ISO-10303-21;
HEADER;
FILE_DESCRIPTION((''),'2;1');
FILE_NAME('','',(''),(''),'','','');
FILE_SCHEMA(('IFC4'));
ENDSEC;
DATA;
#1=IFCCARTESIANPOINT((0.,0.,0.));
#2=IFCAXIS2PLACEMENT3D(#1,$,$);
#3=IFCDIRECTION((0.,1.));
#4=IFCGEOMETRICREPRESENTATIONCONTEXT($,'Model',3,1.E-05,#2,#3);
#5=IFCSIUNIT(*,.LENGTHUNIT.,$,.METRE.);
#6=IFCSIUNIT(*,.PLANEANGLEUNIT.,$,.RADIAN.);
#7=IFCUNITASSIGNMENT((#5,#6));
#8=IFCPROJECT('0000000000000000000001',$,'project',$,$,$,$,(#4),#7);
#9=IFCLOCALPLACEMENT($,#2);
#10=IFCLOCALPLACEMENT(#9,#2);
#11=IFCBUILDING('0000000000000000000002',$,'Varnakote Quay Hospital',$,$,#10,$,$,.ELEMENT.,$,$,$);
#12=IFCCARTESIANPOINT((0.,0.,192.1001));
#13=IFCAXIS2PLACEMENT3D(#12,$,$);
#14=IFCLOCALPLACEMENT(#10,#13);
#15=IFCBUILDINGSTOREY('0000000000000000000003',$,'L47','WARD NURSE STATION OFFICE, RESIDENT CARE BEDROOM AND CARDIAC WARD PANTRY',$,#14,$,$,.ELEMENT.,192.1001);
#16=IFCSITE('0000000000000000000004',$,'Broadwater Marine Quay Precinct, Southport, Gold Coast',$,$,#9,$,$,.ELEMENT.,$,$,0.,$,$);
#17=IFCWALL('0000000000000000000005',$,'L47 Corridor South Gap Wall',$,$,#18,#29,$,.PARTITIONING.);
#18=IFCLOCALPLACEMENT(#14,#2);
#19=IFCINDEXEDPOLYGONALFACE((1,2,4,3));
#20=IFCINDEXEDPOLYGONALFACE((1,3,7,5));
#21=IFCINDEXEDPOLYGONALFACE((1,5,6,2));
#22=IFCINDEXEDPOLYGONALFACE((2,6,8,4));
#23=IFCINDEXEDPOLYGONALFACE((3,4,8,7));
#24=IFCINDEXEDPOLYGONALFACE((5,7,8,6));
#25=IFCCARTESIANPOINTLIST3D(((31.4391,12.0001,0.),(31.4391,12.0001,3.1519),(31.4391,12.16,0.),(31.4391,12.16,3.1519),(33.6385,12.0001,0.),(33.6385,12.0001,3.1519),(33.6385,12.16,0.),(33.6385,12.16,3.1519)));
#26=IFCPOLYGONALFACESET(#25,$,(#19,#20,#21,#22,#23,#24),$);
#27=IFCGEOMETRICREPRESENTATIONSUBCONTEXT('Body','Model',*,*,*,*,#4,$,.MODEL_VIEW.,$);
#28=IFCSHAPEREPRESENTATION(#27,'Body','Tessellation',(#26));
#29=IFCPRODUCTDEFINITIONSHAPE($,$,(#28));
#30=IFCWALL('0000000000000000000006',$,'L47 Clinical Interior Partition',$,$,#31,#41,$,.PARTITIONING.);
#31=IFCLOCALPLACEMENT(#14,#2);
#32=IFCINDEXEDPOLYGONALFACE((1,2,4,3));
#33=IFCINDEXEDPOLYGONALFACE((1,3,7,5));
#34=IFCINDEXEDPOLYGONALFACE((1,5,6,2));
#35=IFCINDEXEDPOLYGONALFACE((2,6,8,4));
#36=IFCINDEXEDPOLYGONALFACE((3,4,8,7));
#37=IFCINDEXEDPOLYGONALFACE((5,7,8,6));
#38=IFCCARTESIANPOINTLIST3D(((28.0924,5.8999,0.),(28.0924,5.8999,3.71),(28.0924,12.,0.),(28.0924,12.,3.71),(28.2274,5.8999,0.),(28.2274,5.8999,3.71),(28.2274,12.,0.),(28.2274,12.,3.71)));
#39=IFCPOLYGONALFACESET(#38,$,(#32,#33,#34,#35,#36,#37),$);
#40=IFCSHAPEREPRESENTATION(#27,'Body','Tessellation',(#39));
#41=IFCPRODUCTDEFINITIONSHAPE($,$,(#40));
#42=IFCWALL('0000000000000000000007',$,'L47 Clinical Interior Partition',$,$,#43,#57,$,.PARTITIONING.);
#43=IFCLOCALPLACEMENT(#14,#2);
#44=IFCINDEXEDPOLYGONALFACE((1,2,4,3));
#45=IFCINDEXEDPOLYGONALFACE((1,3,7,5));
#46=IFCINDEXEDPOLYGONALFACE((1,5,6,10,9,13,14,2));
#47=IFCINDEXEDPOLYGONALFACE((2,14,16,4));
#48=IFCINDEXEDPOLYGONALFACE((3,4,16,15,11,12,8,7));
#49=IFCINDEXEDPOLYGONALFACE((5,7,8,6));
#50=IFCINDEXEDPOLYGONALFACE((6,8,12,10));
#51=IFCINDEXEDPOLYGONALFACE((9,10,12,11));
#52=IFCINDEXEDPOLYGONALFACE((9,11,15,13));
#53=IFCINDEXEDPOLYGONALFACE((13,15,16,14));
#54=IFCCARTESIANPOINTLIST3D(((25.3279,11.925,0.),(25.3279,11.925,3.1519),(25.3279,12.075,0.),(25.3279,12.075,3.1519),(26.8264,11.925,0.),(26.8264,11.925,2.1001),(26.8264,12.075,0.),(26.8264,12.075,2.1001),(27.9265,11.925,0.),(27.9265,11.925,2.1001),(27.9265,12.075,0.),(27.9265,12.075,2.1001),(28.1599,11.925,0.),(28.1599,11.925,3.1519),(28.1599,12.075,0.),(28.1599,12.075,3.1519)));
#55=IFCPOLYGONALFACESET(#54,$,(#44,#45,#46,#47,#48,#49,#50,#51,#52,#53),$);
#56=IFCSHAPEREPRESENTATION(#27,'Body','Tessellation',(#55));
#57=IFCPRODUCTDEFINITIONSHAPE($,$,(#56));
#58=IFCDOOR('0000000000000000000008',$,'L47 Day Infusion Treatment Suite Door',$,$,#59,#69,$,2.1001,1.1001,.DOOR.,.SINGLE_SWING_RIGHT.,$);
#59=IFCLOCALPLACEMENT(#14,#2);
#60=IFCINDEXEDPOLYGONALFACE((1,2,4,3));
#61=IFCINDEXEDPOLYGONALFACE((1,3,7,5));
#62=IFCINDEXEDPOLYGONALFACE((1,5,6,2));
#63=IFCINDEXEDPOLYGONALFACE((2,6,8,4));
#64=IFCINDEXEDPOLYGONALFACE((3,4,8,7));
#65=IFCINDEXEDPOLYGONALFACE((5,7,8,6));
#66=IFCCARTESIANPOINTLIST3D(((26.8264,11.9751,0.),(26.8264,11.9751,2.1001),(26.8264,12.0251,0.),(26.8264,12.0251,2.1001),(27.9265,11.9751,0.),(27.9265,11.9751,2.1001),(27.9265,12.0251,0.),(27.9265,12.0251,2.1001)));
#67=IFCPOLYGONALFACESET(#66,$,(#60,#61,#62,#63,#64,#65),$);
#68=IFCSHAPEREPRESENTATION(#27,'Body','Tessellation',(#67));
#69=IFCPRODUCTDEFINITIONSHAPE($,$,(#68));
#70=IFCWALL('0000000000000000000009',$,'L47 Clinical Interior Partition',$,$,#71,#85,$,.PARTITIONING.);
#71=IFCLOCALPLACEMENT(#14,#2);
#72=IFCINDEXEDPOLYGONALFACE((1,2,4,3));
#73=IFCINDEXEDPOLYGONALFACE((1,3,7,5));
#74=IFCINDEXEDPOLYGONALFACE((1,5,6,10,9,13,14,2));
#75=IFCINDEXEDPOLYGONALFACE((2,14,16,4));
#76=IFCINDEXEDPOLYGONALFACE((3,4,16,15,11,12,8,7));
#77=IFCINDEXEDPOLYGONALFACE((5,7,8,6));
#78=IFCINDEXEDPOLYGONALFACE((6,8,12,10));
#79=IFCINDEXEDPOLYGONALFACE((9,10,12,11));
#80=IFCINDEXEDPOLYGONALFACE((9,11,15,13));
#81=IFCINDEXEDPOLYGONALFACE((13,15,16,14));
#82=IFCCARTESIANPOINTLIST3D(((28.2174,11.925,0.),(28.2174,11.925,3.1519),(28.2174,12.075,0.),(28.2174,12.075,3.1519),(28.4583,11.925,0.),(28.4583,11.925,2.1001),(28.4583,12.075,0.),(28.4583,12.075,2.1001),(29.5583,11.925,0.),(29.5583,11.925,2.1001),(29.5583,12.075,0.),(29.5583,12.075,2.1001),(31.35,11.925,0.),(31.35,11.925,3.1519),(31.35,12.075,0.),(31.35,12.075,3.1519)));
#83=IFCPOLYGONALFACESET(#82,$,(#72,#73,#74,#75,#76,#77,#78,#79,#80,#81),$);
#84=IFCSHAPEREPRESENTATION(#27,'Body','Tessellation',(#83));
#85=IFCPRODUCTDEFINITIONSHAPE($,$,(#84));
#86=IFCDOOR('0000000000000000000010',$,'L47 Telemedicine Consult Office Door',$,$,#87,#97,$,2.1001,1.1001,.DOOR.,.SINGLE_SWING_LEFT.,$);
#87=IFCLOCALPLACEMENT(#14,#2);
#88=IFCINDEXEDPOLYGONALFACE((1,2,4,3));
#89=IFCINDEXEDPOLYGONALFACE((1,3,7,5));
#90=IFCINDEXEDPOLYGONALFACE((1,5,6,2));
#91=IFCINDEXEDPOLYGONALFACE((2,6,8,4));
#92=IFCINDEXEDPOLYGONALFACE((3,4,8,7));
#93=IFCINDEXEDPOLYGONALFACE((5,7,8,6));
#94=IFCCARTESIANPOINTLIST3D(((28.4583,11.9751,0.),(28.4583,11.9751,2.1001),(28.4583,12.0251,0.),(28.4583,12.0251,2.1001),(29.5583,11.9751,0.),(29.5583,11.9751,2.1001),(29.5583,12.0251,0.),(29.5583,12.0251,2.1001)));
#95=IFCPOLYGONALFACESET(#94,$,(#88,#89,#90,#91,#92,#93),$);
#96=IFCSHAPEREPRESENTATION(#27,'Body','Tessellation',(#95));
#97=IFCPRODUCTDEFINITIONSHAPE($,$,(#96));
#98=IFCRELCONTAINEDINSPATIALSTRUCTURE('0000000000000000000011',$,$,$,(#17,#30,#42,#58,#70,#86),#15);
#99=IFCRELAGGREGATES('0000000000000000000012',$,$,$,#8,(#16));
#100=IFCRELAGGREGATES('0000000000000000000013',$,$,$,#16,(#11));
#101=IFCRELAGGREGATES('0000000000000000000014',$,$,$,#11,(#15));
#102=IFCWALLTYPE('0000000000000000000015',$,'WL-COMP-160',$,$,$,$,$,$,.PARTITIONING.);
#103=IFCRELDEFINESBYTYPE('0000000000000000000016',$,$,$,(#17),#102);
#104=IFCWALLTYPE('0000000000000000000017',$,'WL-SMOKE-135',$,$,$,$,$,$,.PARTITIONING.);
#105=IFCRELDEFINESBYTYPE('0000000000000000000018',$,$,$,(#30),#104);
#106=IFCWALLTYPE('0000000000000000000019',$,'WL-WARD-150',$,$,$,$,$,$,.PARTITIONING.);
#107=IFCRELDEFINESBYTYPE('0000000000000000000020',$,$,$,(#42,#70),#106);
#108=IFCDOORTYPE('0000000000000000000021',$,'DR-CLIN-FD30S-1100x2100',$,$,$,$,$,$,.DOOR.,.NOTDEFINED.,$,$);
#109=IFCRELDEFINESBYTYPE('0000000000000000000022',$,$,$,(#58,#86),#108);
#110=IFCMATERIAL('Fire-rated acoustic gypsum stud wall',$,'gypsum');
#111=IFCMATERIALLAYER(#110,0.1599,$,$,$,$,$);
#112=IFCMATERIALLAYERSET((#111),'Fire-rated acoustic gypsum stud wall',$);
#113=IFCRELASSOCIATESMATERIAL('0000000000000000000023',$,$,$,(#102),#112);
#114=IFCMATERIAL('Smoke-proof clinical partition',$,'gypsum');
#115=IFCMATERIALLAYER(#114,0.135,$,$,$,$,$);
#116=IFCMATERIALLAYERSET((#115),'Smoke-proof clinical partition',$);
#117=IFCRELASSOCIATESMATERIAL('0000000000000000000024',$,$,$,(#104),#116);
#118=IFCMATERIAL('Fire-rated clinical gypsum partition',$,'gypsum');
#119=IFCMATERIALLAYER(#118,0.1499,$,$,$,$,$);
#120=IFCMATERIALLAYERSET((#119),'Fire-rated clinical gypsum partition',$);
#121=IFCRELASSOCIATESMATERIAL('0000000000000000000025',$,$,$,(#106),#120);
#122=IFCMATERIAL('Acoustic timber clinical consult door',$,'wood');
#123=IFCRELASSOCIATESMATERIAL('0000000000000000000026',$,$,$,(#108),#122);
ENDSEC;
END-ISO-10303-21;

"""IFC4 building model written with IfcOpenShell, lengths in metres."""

from ifc_helpers import new_model, si_unit, direction, frame, frame_2d, origin, place, context, subcontext, project, spatial, rectangle, extrude, material, layer, layer_set, type_object, element, fill, save


model = new_model("IFC4")

# Units and contexts
model_context = context("Model", 3, precision=1e-05, world=origin(), true_north=direction((0.0, 1.0)))
body_context = subcontext(model_context, "Body", "Model", "MODEL_VIEW")
ifc_project = project(units=[si_unit("LENGTHUNIT", "METRE"), si_unit("PLANEANGLEUNIT", "RADIAN")], contexts=[model_context])

# Site, building, storey
site_placement = place(None, origin())
site = spatial("IfcSite", under=ifc_project, at=site_placement, Name="Broadwater Marine Quay Precinct, Southport, Gold Coast", CompositionType="ELEMENT", RefElevation=0.0)
building_placement = place(site_placement, origin())
building = spatial("IfcBuilding", under=site, at=building_placement, Name="Varnakote Quay Hospital", CompositionType="ELEMENT")
storey_placement = place(building_placement, frame((0.0, 0.0, 192.1001)))
storey = spatial("IfcBuildingStorey", under=building, at=storey_placement, Name="L47", Description="WARD NURSE STATION OFFICE, RESIDENT CARE BEDROOM AND CARDIAC WARD PANTRY", CompositionType="ELEMENT", Elevation=192.1001)

# Walls
ifc_material_1 = material(Name="Fire-rated acoustic gypsum stud wall", Category="gypsum")
ifc_layer_1 = layer(ifc_material_1, 0.1599)
ifc_layer_set_1 = layer_set([ifc_layer_1], Name="Fire-rated acoustic gypsum stud wall")
wall_type_1 = type_object("IfcWallType", Name="WL-COMP-160", PredefinedType="PARTITIONING", material=ifc_layer_set_1)
wall_1_placement = place(storey_placement, frame((31.4392, 12.0801, 0.0), z_axis=(0.0, 0.0, 1.0), x_axis=(1.0, 0.0, 0.0)))
element("IfcWall", 1, at=wall_1_placement, inside=storey, type_object=wall_type_1, Name="L47 Corridor South Gap Wall", PredefinedType="PARTITIONING", context=body_context, shape_type="SweptSolid", body=[
    extrude(rectangle(XDim=2.1995, YDim=0.1599, at=frame_2d((1.0996, 0.0))), origin(), (0.0, 0.0, 1.0), 3.1519),
])
ifc_material_2 = material(Name="Smoke-proof clinical partition", Category="gypsum")
ifc_layer_2 = layer(ifc_material_2, 0.135)
ifc_layer_set_2 = layer_set([ifc_layer_2], Name="Smoke-proof clinical partition")
wall_type_2 = type_object("IfcWallType", Name="WL-SMOKE-135", PredefinedType="PARTITIONING", material=ifc_layer_set_2)
wall_2_placement = place(storey_placement, frame((28.1599, 5.8999, 0.0), z_axis=(0.0, 0.0, 1.0), x_axis=(0.0, 1.0, 0.0)))
element("IfcWall", 2, at=wall_2_placement, inside=storey, type_object=wall_type_2, Name="L47 Clinical Interior Partition", PredefinedType="PARTITIONING", context=body_context, shape_type="SweptSolid", body=[
    extrude(rectangle(XDim=6.1001, YDim=0.135, at=frame_2d((3.05, 0.0))), origin(), (0.0, 0.0, 1.0), 3.71),
])

# Walls, openings, doors
ifc_material_3 = material(Name="Fire-rated clinical gypsum partition", Category="gypsum")
ifc_layer_3 = layer(ifc_material_3, 0.1499)
ifc_layer_set_3 = layer_set([ifc_layer_3], Name="Fire-rated clinical gypsum partition")
wall_type_3 = type_object("IfcWallType", Name="WL-WARD-150", PredefinedType="PARTITIONING", material=ifc_layer_set_3)
wall_3_placement = place(storey_placement, frame((28.1599, 12.0, 0.0), z_axis=(0.0, 0.0, 1.0), x_axis=(-1.0, 0.0, 0.0)))
wall_3 = element("IfcWall", 3, at=wall_3_placement, inside=storey, type_object=wall_type_3, Name="L47 Clinical Interior Partition", PredefinedType="PARTITIONING", context=body_context, shape_type="SweptSolid", body=[
    extrude(rectangle(XDim=2.832, YDim=0.1499, at=frame_2d((1.416, 0.0))), origin(), (0.0, 0.0, 1.0), 3.1519),
])
opening_1_placement = place(wall_3_placement, frame((0.2334, 0.0, 0.0)))
opening_1 = element("IfcOpeningElement", 4, at=opening_1_placement, cuts=wall_3, PredefinedType="OPENING", context=body_context, shape_type="SweptSolid", body=[
    extrude(rectangle(XDim=1.1001, YDim=2.1001, at=frame_2d((0.55, 1.05))), frame((0.0, 0.085, 0.0), z_axis=(0.0, -1.0, 0.0), x_axis=(1.0, 0.0, 0.0)), (0.0, 0.0, 1.0), 0.1699),
])
ifc_material_4 = material(Name="Acoustic timber clinical consult door", Category="wood")
door_type_1 = type_object("IfcDoorType", Name="DR-CLIN-FD30S-1100x2100", OperationType="NOTDEFINED", PredefinedType="DOOR", material=ifc_material_4)
door_1_placement = place(opening_1_placement, origin())
door_1 = element("IfcDoor", 5, at=door_1_placement, inside=storey, type_object=door_type_1, Name="L47 Day Infusion Treatment Suite Door", OperationType="SINGLE_SWING_RIGHT", OverallHeight=2.1001, OverallWidth=1.1001, PredefinedType="DOOR", context=body_context, shape_type="SweptSolid", body=[
    extrude(rectangle(XDim=1.1001, YDim=2.1001, at=frame_2d((0.55, 1.05))), frame((0.0, 0.0249, 0.0), z_axis=(0.0, -1.0, 0.0), x_axis=(1.0, 0.0, 0.0)), (0.0, 0.0, 1.0), 0.05),
])
fill(opening_1, door_1)
wall_4_placement = place(storey_placement, frame((31.3501, 12.0, 0.0), z_axis=(0.0, 0.0, 1.0), x_axis=(-1.0, 0.0, 0.0)))
wall_4 = element("IfcWall", 6, at=wall_4_placement, inside=storey, type_object=wall_type_3, Name="L47 Clinical Interior Partition", PredefinedType="PARTITIONING", context=body_context, shape_type="SweptSolid", body=[
    extrude(rectangle(XDim=3.1326, YDim=0.1499, at=frame_2d((1.5664, 0.0))), origin(), (0.0, 0.0, 1.0), 3.1519),
])
opening_2_placement = place(wall_4_placement, frame((1.7917, 0.0, 0.0)))
opening_2 = element("IfcOpeningElement", 7, at=opening_2_placement, cuts=wall_4, PredefinedType="OPENING", context=body_context, shape_type="SweptSolid", body=[
    extrude(rectangle(XDim=1.1001, YDim=2.1001, at=frame_2d((0.55, 1.05))), frame((0.0, 0.085, 0.0), z_axis=(0.0, -1.0, 0.0), x_axis=(1.0, 0.0, 0.0)), (0.0, 0.0, 1.0), 0.1699),
])
door_2_placement = place(opening_2_placement, origin())
door_2 = element("IfcDoor", 8, at=door_2_placement, inside=storey, type_object=door_type_1, Name="L47 Telemedicine Consult Office Door", OperationType="SINGLE_SWING_LEFT", OverallHeight=2.1001, OverallWidth=1.1001, PredefinedType="DOOR", context=body_context, shape_type="SweptSolid", body=[
    extrude(rectangle(XDim=1.1001, YDim=2.1001, at=frame_2d((0.55, 1.05))), frame((0.0, 0.0249, 0.0), z_axis=(0.0, -1.0, 0.0), x_axis=(1.0, 0.0, 0.0)), (0.0, 0.0, 1.0), 0.05),
])
fill(opening_2, door_2)

save(model, "model.ifc")
